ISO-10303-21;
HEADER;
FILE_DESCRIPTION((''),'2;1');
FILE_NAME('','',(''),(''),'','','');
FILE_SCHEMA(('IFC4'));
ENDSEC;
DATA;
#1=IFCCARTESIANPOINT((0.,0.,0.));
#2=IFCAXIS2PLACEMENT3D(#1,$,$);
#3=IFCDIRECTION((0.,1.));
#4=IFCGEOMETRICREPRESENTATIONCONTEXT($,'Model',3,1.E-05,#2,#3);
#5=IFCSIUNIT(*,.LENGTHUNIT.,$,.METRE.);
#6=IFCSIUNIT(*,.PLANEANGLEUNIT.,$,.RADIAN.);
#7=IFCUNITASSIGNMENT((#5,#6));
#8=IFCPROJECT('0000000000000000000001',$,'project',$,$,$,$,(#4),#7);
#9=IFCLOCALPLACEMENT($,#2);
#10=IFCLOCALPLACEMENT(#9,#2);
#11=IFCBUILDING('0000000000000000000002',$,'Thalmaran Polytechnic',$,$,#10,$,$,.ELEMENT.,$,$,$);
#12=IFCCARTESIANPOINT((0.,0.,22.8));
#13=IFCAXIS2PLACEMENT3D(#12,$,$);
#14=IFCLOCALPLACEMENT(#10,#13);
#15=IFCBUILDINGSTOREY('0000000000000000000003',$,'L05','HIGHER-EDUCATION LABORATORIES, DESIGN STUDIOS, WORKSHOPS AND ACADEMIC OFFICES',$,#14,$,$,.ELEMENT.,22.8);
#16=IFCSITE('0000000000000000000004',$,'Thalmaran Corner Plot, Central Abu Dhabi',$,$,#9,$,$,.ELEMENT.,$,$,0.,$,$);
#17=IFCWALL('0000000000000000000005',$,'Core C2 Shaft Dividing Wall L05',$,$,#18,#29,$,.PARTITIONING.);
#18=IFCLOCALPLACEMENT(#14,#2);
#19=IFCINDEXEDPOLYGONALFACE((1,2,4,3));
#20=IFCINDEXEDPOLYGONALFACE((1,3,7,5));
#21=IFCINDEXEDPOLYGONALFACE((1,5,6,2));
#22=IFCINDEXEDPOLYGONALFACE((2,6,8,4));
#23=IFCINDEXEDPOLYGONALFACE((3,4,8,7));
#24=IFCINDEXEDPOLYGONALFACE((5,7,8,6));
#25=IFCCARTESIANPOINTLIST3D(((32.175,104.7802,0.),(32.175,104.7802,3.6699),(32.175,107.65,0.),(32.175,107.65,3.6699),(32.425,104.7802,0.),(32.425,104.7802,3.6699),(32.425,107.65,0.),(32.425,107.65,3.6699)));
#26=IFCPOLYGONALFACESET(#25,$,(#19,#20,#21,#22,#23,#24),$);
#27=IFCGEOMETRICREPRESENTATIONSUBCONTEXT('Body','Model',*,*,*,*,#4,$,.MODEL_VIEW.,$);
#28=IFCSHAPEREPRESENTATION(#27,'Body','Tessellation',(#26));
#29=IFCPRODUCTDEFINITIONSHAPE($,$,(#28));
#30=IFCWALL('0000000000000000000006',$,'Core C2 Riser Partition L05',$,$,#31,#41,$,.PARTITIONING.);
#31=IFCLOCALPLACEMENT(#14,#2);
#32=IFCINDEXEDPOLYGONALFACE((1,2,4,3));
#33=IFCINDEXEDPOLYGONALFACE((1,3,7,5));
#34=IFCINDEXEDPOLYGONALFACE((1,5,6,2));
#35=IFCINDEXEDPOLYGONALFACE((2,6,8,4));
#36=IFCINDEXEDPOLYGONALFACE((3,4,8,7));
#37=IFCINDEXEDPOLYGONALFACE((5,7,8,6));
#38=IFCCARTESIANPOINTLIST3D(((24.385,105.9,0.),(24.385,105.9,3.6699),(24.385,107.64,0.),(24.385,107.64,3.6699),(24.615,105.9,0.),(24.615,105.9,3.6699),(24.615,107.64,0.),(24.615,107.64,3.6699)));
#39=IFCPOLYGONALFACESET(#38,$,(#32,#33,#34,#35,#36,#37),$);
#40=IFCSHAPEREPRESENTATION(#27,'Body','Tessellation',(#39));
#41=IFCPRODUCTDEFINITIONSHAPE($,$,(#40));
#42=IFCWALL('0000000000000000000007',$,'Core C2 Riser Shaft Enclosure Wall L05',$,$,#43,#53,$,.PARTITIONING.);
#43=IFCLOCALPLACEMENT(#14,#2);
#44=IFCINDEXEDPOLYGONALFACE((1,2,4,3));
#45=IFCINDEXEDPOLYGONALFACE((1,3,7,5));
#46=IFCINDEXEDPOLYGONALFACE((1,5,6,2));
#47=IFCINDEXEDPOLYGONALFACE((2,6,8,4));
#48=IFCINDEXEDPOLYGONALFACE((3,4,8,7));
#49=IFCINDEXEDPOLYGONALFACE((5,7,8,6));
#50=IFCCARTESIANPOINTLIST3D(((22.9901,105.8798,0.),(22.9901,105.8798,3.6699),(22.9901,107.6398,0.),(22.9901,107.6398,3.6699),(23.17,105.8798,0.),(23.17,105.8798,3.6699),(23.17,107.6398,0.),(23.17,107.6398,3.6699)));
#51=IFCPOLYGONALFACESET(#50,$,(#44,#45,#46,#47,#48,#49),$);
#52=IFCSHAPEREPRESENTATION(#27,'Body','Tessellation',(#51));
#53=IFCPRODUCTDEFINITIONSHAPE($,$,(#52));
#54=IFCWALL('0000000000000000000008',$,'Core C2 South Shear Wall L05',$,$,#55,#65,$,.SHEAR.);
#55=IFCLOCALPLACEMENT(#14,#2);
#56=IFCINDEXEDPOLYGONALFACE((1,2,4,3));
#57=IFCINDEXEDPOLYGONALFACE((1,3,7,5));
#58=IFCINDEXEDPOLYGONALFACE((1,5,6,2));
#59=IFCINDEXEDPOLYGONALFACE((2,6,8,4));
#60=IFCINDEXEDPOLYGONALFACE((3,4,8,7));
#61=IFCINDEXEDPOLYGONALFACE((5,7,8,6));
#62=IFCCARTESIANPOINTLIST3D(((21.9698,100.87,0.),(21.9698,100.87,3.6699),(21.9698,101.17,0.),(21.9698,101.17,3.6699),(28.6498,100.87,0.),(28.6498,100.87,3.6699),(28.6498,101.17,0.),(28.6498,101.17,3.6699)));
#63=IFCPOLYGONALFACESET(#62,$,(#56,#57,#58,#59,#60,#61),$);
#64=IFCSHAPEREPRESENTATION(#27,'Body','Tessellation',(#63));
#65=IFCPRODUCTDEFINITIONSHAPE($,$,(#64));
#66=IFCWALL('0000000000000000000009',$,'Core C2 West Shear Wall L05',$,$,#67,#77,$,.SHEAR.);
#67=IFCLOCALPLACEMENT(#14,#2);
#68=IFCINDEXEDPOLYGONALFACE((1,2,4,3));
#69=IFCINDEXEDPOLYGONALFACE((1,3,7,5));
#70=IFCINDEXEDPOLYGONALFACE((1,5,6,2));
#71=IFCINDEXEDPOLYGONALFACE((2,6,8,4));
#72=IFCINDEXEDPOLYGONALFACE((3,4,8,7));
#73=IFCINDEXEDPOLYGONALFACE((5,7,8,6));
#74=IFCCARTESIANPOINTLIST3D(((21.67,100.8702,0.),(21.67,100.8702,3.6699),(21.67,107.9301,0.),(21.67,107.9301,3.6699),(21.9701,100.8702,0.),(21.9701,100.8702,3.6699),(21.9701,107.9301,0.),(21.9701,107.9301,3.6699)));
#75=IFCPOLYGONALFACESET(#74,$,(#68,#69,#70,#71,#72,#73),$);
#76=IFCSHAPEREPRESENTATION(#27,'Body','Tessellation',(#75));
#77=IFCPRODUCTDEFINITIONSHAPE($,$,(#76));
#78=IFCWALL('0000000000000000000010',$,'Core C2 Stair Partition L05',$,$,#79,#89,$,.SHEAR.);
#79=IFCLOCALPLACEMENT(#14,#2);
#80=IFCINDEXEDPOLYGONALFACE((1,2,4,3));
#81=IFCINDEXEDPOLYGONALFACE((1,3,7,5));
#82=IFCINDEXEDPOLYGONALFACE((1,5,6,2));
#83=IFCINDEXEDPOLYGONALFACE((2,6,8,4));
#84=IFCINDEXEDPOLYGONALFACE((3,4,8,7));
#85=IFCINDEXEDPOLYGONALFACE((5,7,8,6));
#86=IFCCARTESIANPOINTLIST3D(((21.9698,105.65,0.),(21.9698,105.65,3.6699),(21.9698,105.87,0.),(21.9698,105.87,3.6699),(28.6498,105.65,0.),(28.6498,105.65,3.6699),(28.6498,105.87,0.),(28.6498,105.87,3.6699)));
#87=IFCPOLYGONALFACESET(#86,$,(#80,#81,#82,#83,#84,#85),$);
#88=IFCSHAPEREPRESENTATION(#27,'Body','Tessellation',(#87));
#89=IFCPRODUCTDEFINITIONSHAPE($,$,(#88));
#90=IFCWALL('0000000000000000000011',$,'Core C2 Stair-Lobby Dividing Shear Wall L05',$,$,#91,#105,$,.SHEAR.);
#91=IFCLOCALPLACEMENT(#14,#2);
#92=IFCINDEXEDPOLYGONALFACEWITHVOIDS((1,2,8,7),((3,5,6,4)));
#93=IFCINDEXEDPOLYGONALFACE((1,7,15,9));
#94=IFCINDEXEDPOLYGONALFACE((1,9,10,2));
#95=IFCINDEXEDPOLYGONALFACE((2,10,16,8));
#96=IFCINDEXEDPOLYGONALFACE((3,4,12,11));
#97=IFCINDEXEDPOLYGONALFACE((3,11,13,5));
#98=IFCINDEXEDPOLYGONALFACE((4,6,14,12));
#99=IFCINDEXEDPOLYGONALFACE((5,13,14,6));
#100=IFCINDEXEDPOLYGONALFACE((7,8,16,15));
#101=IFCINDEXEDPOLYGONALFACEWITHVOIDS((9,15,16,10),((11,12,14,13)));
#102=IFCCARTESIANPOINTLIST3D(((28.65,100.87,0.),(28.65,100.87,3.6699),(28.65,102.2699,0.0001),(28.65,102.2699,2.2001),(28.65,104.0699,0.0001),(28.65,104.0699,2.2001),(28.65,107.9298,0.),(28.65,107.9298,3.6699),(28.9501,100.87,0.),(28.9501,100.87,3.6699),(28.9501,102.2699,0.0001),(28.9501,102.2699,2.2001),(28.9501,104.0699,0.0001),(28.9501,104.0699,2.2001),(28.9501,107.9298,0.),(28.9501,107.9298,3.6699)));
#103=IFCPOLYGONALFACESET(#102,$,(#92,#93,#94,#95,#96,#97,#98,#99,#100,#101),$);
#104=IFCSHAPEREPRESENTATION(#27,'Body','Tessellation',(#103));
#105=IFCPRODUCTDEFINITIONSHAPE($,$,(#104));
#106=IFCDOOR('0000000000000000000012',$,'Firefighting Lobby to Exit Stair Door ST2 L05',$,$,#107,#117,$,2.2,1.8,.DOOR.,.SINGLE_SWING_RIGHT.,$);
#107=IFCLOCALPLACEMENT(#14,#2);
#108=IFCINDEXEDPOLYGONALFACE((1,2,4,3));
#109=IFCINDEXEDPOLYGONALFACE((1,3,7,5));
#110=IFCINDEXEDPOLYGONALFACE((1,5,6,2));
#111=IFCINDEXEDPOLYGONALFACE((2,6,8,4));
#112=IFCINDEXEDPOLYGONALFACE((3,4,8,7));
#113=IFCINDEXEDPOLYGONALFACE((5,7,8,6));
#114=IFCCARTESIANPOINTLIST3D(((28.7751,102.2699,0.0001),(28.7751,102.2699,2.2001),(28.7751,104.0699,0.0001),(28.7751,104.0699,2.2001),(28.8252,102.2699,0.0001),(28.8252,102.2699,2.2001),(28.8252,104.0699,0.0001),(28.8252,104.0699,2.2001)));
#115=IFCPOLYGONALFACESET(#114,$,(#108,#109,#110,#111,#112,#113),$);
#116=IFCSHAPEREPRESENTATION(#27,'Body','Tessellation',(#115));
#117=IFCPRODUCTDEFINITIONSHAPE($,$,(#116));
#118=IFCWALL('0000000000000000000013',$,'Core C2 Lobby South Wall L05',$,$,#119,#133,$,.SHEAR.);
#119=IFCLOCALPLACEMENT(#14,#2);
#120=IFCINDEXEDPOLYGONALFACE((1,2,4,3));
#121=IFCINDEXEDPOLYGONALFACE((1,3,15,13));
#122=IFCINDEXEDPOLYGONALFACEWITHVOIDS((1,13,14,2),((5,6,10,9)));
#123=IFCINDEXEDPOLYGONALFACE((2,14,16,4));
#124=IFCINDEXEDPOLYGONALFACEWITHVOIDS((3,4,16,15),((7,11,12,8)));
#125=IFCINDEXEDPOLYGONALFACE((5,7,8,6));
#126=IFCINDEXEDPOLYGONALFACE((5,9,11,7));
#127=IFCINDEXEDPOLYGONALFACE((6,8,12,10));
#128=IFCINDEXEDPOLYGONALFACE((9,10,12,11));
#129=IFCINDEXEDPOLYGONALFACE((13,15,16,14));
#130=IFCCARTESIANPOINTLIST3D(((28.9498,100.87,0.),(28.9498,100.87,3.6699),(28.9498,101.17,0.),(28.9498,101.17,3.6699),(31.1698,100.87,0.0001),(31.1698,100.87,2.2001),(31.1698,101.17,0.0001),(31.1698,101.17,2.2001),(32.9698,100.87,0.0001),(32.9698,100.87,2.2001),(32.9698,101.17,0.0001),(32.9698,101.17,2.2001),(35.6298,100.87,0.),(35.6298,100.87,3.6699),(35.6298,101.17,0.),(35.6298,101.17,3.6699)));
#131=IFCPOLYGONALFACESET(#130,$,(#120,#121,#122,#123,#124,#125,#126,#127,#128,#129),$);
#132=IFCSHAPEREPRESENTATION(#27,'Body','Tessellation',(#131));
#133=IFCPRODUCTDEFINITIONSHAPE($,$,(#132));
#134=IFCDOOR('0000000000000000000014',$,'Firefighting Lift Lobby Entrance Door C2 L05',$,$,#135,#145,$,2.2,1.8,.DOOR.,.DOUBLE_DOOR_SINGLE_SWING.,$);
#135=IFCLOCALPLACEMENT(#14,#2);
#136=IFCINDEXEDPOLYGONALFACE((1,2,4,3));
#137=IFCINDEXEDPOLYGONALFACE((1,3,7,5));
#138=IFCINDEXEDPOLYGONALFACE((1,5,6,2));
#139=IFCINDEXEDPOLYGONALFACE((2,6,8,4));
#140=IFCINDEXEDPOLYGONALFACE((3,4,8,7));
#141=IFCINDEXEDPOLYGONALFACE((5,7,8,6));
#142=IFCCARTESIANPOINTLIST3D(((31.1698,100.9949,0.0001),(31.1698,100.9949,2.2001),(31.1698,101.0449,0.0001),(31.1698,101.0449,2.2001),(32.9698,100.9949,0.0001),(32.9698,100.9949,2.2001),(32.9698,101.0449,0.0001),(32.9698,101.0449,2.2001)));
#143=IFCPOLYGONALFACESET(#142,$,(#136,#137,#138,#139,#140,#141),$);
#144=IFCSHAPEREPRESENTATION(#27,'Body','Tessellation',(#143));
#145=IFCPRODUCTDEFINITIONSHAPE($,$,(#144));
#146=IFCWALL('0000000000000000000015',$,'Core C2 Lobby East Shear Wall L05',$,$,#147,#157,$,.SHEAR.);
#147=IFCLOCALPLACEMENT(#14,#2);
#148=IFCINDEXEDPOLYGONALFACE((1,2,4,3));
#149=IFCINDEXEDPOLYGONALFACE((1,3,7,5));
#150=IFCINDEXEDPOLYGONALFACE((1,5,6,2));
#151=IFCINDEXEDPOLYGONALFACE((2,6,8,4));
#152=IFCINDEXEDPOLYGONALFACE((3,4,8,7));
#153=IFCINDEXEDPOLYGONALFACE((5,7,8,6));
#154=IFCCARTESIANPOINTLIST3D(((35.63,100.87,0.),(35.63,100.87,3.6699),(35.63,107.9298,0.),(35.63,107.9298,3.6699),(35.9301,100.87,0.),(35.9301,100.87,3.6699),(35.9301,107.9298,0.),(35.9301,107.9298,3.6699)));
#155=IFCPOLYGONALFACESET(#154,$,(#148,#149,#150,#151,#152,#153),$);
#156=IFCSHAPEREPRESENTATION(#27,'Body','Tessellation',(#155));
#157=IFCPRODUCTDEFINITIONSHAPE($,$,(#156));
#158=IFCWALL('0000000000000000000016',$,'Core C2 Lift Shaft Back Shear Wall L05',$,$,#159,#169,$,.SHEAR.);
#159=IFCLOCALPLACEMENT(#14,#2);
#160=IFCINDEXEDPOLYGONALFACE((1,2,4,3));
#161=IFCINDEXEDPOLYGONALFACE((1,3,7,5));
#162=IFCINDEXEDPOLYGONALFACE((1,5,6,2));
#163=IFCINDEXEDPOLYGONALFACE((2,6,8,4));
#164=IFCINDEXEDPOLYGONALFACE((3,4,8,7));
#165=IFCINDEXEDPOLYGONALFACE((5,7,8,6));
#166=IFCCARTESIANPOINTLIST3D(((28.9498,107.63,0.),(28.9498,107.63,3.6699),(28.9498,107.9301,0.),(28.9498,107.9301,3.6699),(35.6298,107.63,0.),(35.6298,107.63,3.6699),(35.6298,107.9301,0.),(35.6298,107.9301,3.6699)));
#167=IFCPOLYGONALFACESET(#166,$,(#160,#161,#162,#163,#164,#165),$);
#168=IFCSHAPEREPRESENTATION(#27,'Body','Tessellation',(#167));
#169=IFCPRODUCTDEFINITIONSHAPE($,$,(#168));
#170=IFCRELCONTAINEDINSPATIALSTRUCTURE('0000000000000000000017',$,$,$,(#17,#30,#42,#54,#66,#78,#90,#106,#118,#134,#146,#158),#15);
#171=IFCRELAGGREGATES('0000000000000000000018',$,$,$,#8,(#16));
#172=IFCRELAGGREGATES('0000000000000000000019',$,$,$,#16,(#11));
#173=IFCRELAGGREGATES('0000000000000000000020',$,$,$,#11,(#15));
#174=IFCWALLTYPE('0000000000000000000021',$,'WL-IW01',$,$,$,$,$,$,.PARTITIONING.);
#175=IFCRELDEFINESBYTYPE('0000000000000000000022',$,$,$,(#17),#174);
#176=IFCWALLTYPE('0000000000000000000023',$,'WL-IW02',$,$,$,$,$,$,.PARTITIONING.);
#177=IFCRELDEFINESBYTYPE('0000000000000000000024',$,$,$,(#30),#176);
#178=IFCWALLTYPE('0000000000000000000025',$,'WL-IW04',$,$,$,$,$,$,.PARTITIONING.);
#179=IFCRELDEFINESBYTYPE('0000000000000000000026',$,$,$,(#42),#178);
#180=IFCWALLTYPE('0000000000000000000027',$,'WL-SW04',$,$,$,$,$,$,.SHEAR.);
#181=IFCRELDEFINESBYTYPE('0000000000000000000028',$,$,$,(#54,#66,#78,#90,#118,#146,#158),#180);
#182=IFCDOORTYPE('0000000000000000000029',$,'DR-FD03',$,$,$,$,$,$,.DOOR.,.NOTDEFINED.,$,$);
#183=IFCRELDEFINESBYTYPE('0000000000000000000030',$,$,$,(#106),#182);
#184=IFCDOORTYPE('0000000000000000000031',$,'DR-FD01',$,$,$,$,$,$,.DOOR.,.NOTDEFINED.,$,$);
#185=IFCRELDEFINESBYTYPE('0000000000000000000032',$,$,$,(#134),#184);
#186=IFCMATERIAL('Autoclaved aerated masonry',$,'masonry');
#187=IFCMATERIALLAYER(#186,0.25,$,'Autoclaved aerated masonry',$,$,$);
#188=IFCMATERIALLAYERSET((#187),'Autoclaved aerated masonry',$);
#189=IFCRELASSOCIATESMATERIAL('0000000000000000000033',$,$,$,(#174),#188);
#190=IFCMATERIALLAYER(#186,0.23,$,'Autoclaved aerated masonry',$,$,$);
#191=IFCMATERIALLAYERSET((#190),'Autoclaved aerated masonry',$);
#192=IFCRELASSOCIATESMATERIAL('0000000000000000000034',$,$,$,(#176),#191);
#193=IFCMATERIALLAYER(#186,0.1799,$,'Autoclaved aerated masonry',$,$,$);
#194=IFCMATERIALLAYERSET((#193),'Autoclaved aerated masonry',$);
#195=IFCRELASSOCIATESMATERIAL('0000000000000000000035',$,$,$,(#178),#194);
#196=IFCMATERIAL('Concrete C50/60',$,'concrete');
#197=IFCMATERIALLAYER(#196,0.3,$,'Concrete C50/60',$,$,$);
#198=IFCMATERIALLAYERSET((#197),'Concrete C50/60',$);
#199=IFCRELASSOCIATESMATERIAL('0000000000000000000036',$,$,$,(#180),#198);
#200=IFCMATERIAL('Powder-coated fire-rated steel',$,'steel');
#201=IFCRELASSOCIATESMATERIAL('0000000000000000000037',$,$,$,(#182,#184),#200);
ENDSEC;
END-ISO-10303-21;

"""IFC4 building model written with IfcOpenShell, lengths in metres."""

from ifc_helpers import new_model, si_unit, direction, frame, frame_2d, origin, place, context, subcontext, project, spatial, rectangle, extrude, material, layer, layer_set, type_object, element, fill, save


model = new_model("IFC4")

# Units and contexts
model_context = context("Model", 3, precision=1e-05, world=origin(), true_north=direction((0.0, 1.0)))
body_context = subcontext(model_context, "Body", "Model", "MODEL_VIEW")
ifc_project = project(units=[si_unit("LENGTHUNIT", "METRE"), si_unit("PLANEANGLEUNIT", "RADIAN")], contexts=[model_context])

# Site, building, storey
site_placement = place(None, origin())
site = spatial("IfcSite", under=ifc_project, at=site_placement, Name="Thalmaran Corner Plot, Central Abu Dhabi", CompositionType="ELEMENT", RefElevation=0.0)
building_placement = place(site_placement, origin())
building = spatial("IfcBuilding", under=site, at=building_placement, Name="Thalmaran Polytechnic", CompositionType="ELEMENT")
storey_placement = place(building_placement, frame((0.0, 0.0, 22.8)))
storey = spatial("IfcBuildingStorey", under=building, at=storey_placement, Name="L05", Description="HIGHER-EDUCATION LABORATORIES, DESIGN STUDIOS, WORKSHOPS AND ACADEMIC OFFICES", CompositionType="ELEMENT", Elevation=22.8)

# Walls
ifc_material_1 = material(Name="Autoclaved aerated masonry", Category="masonry")
ifc_layer_1 = layer(ifc_material_1, 0.25, Name="Autoclaved aerated masonry")
ifc_layer_set_1 = layer_set([ifc_layer_1], Name="Autoclaved aerated masonry")
wall_type_1 = type_object("IfcWallType", Name="WL-IW01", PredefinedType="PARTITIONING", material=ifc_layer_set_1)
wall_1_placement = place(storey_placement, frame((32.3, 104.78, 0.0), z_axis=(0.0, 0.0, 1.0), x_axis=(0.0, 1.0, 0.0)))
element("IfcWall", 1, at=wall_1_placement, inside=storey, type_object=wall_type_1, Name="Core C2 Shaft Dividing Wall L05", PredefinedType="PARTITIONING", context=body_context, shape_type="SweptSolid", body=[
    extrude(rectangle(XDim=2.8699, YDim=0.25, at=frame_2d((1.4351, 0.0))), origin(), (0.0, 0.0, 1.0), 3.6699),
])
ifc_layer_2 = layer(ifc_material_1, 0.23, Name="Autoclaved aerated masonry")
ifc_layer_set_2 = layer_set([ifc_layer_2], Name="Autoclaved aerated masonry")
wall_type_2 = type_object("IfcWallType", Name="WL-IW02", PredefinedType="PARTITIONING", material=ifc_layer_set_2)
wall_2_placement = place(storey_placement, frame((24.5, 105.8999, 0.0), z_axis=(0.0, 0.0, 1.0), x_axis=(0.0, 1.0, 0.0)))
element("IfcWall", 2, at=wall_2_placement, inside=storey, type_object=wall_type_2, Name="Core C2 Riser Partition L05", PredefinedType="PARTITIONING", context=body_context, shape_type="SweptSolid", body=[
    extrude(rectangle(XDim=1.74, YDim=0.23, at=frame_2d((0.8701, 0.0))), origin(), (0.0, 0.0, 1.0), 3.6699),
])
ifc_layer_3 = layer(ifc_material_1, 0.1799, Name="Autoclaved aerated masonry")
ifc_layer_set_3 = layer_set([ifc_layer_3], Name="Autoclaved aerated masonry")
wall_type_3 = type_object("IfcWallType", Name="WL-IW04", PredefinedType="PARTITIONING", material=ifc_layer_set_3)
wall_3_placement = place(storey_placement, frame((23.0801, 105.8799, 0.0), z_axis=(0.0, 0.0, 1.0), x_axis=(0.0, 1.0, 0.0)))
element("IfcWall", 3, at=wall_3_placement, inside=storey, type_object=wall_type_3, Name="Core C2 Riser Shaft Enclosure Wall L05", PredefinedType="PARTITIONING", context=body_context, shape_type="SweptSolid", body=[
    extrude(rectangle(XDim=1.76, YDim=0.1799, at=frame_2d((0.8799, 0.0))), origin(), (0.0, 0.0, 1.0), 3.6699),
])
ifc_material_2 = material(Name="Concrete C50/60", Category="concrete")
ifc_layer_4 = layer(ifc_material_2, 0.3, Name="Concrete C50/60")
ifc_layer_set_4 = layer_set([ifc_layer_4], Name="Concrete C50/60")
wall_type_4 = type_object("IfcWallType", Name="WL-SW04", PredefinedType="SHEAR", material=ifc_layer_set_4)
wall_4_placement = place(storey_placement, frame((21.97, 101.02, 0.0), z_axis=(0.0, 0.0, 1.0), x_axis=(1.0, 0.0, 0.0)))
element("IfcWall", 4, at=wall_4_placement, inside=storey, type_object=wall_type_4, Name="Core C2 South Shear Wall L05", PredefinedType="SHEAR", context=body_context, shape_type="SweptSolid", body=[
    extrude(rectangle(XDim=6.6799, YDim=0.3, at=frame_2d((3.3398, 0.0))), origin(), (0.0, 0.0, 1.0), 3.6699),
])
wall_5_placement = place(storey_placement, frame((21.8201, 107.9299, 0.0), z_axis=(0.0, 0.0, 1.0), x_axis=(0.0, -1.0, 0.0)))
element("IfcWall", 5, at=wall_5_placement, inside=storey, type_object=wall_type_4, Name="Core C2 West Shear Wall L05", PredefinedType="SHEAR", context=body_context, shape_type="SweptSolid", body=[
    extrude(rectangle(XDim=7.0598, YDim=0.3, at=frame_2d((3.5298, 0.0))), origin(), (0.0, 0.0, 1.0), 3.6699),
])

# Shared definitions
ifc_material_3 = material(Name="Powder-coated fire-rated steel", Category="steel")

# Wall
wall_6_placement = place(storey_placement, frame((21.97, 105.76, 0.0), z_axis=(0.0, 0.0, 1.0), x_axis=(1.0, 0.0, 0.0)))
element("IfcWall", 6, at=wall_6_placement, inside=storey, type_object=wall_type_4, Name="Core C2 Stair Partition L05", PredefinedType="SHEAR", context=body_context, shape_type="SweptSolid", body=[
    extrude(rectangle(XDim=6.6799, YDim=0.22, at=frame_2d((3.3398, 0.0))), origin(), (0.0, 0.0, 1.0), 3.6699),
])

# Walls, openings, doors
wall_7_placement = place(storey_placement, frame((28.8, 100.8701, 0.0), z_axis=(0.0, 0.0, 1.0), x_axis=(0.0, 1.0, 0.0)))
wall_7 = element("IfcWall", 7, at=wall_7_placement, inside=storey, type_object=wall_type_4, Name="Core C2 Stair-Lobby Dividing Shear Wall L05", PredefinedType="SHEAR", context=body_context, shape_type="SweptSolid", body=[
    extrude(rectangle(XDim=7.0598, YDim=0.3, at=frame_2d((3.5298, 0.0))), origin(), (0.0, 0.0, 1.0), 3.6699),
])
opening_1_placement = place(wall_7_placement, frame((1.3999, 0.0, 0.0)))
opening_1 = element("IfcOpeningElement", 8, at=opening_1_placement, cuts=wall_7, PredefinedType="OPENING", context=body_context, shape_type="SweptSolid", body=[
    extrude(rectangle(XDim=1.8, YDim=2.2, at=frame_2d((0.8999, 1.1001))), frame((0.0, 0.1599, 0.0), z_axis=(0.0, -1.0, 0.0), x_axis=(1.0, 0.0, 0.0)), (0.0, 0.0, 1.0), 0.3201),
])
door_type_1 = type_object("IfcDoorType", Name="DR-FD03", OperationType="NOTDEFINED", PredefinedType="DOOR", material=ifc_material_3)
door_1_placement = place(opening_1_placement, origin())
door_1 = element("IfcDoor", 9, at=door_1_placement, inside=storey, type_object=door_type_1, Name="Firefighting Lobby to Exit Stair Door ST2 L05", OperationType="SINGLE_SWING_RIGHT", OverallHeight=2.2, OverallWidth=1.8, PredefinedType="DOOR", context=body_context, shape_type="SweptSolid", body=[
    extrude(rectangle(XDim=1.8, YDim=2.2, at=frame_2d((0.8999, 1.1001))), frame((0.0, 0.0249, 0.0), z_axis=(0.0, -1.0, 0.0), x_axis=(1.0, 0.0, 0.0)), (0.0, 0.0, 1.0), 0.05),
])
fill(opening_1, door_1)
wall_8_placement = place(storey_placement, frame((28.95, 101.02, 0.0), z_axis=(0.0, 0.0, 1.0), x_axis=(1.0, 0.0, 0.0)))
wall_8 = element("IfcWall", 10, at=wall_8_placement, inside=storey, type_object=wall_type_4, Name="Core C2 Lobby South Wall L05", PredefinedType="SHEAR", context=body_context, shape_type="SweptSolid", body=[
    extrude(rectangle(XDim=6.6799, YDim=0.3, at=frame_2d((3.3398, 0.0))), origin(), (0.0, 0.0, 1.0), 3.6699),
])
opening_2_placement = place(wall_8_placement, frame((2.22, 0.0, 0.0)))
opening_2 = element("IfcOpeningElement", 11, at=opening_2_placement, cuts=wall_8, PredefinedType="OPENING", context=body_context, shape_type="SweptSolid", body=[
    extrude(rectangle(XDim=1.8, YDim=2.2, at=frame_2d((0.8999, 1.1001))), frame((0.0, 0.1599, 0.0), z_axis=(0.0, -1.0, 0.0), x_axis=(1.0, 0.0, 0.0)), (0.0, 0.0, 1.0), 0.3201),
])
door_type_2 = type_object("IfcDoorType", Name="DR-FD01", OperationType="NOTDEFINED", PredefinedType="DOOR", material=ifc_material_3)
door_2_placement = place(opening_2_placement, origin())
door_2 = element("IfcDoor", 12, at=door_2_placement, inside=storey, type_object=door_type_2, Name="Firefighting Lift Lobby Entrance Door C2 L05", OperationType="DOUBLE_DOOR_SINGLE_SWING", OverallHeight=2.2, OverallWidth=1.8, PredefinedType="DOOR", context=body_context, shape_type="SweptSolid", body=[
    extrude(rectangle(XDim=1.8, YDim=2.2, at=frame_2d((0.8999, 1.1001))), frame((0.0, 0.0249, 0.0), z_axis=(0.0, -1.0, 0.0), x_axis=(1.0, 0.0, 0.0)), (0.0, 0.0, 1.0), 0.05),
])
fill(opening_2, door_2)

# Walls
wall_9_placement = place(storey_placement, frame((35.78, 100.8701, 0.0), z_axis=(0.0, 0.0, 1.0), x_axis=(0.0, 1.0, 0.0)))
element("IfcWall", 13, at=wall_9_placement, inside=storey, type_object=wall_type_4, Name="Core C2 Lobby East Shear Wall L05", PredefinedType="SHEAR", context=body_context, shape_type="SweptSolid", body=[
    extrude(rectangle(XDim=7.0598, YDim=0.3, at=frame_2d((3.5298, 0.0))), origin(), (0.0, 0.0, 1.0), 3.6699),
])
wall_10_placement = place(storey_placement, frame((28.95, 107.78, 0.0), z_axis=(0.0, 0.0, 1.0), x_axis=(1.0, 0.0, 0.0)))
element("IfcWall", 14, at=wall_10_placement, inside=storey, type_object=wall_type_4, Name="Core C2 Lift Shaft Back Shear Wall L05", PredefinedType="SHEAR", context=body_context, shape_type="SweptSolid", body=[
    extrude(rectangle(XDim=6.6799, YDim=0.3, at=frame_2d((3.3398, 0.0))), origin(), (0.0, 0.0, 1.0), 3.6699),
])

save(model, "model.ifc")
